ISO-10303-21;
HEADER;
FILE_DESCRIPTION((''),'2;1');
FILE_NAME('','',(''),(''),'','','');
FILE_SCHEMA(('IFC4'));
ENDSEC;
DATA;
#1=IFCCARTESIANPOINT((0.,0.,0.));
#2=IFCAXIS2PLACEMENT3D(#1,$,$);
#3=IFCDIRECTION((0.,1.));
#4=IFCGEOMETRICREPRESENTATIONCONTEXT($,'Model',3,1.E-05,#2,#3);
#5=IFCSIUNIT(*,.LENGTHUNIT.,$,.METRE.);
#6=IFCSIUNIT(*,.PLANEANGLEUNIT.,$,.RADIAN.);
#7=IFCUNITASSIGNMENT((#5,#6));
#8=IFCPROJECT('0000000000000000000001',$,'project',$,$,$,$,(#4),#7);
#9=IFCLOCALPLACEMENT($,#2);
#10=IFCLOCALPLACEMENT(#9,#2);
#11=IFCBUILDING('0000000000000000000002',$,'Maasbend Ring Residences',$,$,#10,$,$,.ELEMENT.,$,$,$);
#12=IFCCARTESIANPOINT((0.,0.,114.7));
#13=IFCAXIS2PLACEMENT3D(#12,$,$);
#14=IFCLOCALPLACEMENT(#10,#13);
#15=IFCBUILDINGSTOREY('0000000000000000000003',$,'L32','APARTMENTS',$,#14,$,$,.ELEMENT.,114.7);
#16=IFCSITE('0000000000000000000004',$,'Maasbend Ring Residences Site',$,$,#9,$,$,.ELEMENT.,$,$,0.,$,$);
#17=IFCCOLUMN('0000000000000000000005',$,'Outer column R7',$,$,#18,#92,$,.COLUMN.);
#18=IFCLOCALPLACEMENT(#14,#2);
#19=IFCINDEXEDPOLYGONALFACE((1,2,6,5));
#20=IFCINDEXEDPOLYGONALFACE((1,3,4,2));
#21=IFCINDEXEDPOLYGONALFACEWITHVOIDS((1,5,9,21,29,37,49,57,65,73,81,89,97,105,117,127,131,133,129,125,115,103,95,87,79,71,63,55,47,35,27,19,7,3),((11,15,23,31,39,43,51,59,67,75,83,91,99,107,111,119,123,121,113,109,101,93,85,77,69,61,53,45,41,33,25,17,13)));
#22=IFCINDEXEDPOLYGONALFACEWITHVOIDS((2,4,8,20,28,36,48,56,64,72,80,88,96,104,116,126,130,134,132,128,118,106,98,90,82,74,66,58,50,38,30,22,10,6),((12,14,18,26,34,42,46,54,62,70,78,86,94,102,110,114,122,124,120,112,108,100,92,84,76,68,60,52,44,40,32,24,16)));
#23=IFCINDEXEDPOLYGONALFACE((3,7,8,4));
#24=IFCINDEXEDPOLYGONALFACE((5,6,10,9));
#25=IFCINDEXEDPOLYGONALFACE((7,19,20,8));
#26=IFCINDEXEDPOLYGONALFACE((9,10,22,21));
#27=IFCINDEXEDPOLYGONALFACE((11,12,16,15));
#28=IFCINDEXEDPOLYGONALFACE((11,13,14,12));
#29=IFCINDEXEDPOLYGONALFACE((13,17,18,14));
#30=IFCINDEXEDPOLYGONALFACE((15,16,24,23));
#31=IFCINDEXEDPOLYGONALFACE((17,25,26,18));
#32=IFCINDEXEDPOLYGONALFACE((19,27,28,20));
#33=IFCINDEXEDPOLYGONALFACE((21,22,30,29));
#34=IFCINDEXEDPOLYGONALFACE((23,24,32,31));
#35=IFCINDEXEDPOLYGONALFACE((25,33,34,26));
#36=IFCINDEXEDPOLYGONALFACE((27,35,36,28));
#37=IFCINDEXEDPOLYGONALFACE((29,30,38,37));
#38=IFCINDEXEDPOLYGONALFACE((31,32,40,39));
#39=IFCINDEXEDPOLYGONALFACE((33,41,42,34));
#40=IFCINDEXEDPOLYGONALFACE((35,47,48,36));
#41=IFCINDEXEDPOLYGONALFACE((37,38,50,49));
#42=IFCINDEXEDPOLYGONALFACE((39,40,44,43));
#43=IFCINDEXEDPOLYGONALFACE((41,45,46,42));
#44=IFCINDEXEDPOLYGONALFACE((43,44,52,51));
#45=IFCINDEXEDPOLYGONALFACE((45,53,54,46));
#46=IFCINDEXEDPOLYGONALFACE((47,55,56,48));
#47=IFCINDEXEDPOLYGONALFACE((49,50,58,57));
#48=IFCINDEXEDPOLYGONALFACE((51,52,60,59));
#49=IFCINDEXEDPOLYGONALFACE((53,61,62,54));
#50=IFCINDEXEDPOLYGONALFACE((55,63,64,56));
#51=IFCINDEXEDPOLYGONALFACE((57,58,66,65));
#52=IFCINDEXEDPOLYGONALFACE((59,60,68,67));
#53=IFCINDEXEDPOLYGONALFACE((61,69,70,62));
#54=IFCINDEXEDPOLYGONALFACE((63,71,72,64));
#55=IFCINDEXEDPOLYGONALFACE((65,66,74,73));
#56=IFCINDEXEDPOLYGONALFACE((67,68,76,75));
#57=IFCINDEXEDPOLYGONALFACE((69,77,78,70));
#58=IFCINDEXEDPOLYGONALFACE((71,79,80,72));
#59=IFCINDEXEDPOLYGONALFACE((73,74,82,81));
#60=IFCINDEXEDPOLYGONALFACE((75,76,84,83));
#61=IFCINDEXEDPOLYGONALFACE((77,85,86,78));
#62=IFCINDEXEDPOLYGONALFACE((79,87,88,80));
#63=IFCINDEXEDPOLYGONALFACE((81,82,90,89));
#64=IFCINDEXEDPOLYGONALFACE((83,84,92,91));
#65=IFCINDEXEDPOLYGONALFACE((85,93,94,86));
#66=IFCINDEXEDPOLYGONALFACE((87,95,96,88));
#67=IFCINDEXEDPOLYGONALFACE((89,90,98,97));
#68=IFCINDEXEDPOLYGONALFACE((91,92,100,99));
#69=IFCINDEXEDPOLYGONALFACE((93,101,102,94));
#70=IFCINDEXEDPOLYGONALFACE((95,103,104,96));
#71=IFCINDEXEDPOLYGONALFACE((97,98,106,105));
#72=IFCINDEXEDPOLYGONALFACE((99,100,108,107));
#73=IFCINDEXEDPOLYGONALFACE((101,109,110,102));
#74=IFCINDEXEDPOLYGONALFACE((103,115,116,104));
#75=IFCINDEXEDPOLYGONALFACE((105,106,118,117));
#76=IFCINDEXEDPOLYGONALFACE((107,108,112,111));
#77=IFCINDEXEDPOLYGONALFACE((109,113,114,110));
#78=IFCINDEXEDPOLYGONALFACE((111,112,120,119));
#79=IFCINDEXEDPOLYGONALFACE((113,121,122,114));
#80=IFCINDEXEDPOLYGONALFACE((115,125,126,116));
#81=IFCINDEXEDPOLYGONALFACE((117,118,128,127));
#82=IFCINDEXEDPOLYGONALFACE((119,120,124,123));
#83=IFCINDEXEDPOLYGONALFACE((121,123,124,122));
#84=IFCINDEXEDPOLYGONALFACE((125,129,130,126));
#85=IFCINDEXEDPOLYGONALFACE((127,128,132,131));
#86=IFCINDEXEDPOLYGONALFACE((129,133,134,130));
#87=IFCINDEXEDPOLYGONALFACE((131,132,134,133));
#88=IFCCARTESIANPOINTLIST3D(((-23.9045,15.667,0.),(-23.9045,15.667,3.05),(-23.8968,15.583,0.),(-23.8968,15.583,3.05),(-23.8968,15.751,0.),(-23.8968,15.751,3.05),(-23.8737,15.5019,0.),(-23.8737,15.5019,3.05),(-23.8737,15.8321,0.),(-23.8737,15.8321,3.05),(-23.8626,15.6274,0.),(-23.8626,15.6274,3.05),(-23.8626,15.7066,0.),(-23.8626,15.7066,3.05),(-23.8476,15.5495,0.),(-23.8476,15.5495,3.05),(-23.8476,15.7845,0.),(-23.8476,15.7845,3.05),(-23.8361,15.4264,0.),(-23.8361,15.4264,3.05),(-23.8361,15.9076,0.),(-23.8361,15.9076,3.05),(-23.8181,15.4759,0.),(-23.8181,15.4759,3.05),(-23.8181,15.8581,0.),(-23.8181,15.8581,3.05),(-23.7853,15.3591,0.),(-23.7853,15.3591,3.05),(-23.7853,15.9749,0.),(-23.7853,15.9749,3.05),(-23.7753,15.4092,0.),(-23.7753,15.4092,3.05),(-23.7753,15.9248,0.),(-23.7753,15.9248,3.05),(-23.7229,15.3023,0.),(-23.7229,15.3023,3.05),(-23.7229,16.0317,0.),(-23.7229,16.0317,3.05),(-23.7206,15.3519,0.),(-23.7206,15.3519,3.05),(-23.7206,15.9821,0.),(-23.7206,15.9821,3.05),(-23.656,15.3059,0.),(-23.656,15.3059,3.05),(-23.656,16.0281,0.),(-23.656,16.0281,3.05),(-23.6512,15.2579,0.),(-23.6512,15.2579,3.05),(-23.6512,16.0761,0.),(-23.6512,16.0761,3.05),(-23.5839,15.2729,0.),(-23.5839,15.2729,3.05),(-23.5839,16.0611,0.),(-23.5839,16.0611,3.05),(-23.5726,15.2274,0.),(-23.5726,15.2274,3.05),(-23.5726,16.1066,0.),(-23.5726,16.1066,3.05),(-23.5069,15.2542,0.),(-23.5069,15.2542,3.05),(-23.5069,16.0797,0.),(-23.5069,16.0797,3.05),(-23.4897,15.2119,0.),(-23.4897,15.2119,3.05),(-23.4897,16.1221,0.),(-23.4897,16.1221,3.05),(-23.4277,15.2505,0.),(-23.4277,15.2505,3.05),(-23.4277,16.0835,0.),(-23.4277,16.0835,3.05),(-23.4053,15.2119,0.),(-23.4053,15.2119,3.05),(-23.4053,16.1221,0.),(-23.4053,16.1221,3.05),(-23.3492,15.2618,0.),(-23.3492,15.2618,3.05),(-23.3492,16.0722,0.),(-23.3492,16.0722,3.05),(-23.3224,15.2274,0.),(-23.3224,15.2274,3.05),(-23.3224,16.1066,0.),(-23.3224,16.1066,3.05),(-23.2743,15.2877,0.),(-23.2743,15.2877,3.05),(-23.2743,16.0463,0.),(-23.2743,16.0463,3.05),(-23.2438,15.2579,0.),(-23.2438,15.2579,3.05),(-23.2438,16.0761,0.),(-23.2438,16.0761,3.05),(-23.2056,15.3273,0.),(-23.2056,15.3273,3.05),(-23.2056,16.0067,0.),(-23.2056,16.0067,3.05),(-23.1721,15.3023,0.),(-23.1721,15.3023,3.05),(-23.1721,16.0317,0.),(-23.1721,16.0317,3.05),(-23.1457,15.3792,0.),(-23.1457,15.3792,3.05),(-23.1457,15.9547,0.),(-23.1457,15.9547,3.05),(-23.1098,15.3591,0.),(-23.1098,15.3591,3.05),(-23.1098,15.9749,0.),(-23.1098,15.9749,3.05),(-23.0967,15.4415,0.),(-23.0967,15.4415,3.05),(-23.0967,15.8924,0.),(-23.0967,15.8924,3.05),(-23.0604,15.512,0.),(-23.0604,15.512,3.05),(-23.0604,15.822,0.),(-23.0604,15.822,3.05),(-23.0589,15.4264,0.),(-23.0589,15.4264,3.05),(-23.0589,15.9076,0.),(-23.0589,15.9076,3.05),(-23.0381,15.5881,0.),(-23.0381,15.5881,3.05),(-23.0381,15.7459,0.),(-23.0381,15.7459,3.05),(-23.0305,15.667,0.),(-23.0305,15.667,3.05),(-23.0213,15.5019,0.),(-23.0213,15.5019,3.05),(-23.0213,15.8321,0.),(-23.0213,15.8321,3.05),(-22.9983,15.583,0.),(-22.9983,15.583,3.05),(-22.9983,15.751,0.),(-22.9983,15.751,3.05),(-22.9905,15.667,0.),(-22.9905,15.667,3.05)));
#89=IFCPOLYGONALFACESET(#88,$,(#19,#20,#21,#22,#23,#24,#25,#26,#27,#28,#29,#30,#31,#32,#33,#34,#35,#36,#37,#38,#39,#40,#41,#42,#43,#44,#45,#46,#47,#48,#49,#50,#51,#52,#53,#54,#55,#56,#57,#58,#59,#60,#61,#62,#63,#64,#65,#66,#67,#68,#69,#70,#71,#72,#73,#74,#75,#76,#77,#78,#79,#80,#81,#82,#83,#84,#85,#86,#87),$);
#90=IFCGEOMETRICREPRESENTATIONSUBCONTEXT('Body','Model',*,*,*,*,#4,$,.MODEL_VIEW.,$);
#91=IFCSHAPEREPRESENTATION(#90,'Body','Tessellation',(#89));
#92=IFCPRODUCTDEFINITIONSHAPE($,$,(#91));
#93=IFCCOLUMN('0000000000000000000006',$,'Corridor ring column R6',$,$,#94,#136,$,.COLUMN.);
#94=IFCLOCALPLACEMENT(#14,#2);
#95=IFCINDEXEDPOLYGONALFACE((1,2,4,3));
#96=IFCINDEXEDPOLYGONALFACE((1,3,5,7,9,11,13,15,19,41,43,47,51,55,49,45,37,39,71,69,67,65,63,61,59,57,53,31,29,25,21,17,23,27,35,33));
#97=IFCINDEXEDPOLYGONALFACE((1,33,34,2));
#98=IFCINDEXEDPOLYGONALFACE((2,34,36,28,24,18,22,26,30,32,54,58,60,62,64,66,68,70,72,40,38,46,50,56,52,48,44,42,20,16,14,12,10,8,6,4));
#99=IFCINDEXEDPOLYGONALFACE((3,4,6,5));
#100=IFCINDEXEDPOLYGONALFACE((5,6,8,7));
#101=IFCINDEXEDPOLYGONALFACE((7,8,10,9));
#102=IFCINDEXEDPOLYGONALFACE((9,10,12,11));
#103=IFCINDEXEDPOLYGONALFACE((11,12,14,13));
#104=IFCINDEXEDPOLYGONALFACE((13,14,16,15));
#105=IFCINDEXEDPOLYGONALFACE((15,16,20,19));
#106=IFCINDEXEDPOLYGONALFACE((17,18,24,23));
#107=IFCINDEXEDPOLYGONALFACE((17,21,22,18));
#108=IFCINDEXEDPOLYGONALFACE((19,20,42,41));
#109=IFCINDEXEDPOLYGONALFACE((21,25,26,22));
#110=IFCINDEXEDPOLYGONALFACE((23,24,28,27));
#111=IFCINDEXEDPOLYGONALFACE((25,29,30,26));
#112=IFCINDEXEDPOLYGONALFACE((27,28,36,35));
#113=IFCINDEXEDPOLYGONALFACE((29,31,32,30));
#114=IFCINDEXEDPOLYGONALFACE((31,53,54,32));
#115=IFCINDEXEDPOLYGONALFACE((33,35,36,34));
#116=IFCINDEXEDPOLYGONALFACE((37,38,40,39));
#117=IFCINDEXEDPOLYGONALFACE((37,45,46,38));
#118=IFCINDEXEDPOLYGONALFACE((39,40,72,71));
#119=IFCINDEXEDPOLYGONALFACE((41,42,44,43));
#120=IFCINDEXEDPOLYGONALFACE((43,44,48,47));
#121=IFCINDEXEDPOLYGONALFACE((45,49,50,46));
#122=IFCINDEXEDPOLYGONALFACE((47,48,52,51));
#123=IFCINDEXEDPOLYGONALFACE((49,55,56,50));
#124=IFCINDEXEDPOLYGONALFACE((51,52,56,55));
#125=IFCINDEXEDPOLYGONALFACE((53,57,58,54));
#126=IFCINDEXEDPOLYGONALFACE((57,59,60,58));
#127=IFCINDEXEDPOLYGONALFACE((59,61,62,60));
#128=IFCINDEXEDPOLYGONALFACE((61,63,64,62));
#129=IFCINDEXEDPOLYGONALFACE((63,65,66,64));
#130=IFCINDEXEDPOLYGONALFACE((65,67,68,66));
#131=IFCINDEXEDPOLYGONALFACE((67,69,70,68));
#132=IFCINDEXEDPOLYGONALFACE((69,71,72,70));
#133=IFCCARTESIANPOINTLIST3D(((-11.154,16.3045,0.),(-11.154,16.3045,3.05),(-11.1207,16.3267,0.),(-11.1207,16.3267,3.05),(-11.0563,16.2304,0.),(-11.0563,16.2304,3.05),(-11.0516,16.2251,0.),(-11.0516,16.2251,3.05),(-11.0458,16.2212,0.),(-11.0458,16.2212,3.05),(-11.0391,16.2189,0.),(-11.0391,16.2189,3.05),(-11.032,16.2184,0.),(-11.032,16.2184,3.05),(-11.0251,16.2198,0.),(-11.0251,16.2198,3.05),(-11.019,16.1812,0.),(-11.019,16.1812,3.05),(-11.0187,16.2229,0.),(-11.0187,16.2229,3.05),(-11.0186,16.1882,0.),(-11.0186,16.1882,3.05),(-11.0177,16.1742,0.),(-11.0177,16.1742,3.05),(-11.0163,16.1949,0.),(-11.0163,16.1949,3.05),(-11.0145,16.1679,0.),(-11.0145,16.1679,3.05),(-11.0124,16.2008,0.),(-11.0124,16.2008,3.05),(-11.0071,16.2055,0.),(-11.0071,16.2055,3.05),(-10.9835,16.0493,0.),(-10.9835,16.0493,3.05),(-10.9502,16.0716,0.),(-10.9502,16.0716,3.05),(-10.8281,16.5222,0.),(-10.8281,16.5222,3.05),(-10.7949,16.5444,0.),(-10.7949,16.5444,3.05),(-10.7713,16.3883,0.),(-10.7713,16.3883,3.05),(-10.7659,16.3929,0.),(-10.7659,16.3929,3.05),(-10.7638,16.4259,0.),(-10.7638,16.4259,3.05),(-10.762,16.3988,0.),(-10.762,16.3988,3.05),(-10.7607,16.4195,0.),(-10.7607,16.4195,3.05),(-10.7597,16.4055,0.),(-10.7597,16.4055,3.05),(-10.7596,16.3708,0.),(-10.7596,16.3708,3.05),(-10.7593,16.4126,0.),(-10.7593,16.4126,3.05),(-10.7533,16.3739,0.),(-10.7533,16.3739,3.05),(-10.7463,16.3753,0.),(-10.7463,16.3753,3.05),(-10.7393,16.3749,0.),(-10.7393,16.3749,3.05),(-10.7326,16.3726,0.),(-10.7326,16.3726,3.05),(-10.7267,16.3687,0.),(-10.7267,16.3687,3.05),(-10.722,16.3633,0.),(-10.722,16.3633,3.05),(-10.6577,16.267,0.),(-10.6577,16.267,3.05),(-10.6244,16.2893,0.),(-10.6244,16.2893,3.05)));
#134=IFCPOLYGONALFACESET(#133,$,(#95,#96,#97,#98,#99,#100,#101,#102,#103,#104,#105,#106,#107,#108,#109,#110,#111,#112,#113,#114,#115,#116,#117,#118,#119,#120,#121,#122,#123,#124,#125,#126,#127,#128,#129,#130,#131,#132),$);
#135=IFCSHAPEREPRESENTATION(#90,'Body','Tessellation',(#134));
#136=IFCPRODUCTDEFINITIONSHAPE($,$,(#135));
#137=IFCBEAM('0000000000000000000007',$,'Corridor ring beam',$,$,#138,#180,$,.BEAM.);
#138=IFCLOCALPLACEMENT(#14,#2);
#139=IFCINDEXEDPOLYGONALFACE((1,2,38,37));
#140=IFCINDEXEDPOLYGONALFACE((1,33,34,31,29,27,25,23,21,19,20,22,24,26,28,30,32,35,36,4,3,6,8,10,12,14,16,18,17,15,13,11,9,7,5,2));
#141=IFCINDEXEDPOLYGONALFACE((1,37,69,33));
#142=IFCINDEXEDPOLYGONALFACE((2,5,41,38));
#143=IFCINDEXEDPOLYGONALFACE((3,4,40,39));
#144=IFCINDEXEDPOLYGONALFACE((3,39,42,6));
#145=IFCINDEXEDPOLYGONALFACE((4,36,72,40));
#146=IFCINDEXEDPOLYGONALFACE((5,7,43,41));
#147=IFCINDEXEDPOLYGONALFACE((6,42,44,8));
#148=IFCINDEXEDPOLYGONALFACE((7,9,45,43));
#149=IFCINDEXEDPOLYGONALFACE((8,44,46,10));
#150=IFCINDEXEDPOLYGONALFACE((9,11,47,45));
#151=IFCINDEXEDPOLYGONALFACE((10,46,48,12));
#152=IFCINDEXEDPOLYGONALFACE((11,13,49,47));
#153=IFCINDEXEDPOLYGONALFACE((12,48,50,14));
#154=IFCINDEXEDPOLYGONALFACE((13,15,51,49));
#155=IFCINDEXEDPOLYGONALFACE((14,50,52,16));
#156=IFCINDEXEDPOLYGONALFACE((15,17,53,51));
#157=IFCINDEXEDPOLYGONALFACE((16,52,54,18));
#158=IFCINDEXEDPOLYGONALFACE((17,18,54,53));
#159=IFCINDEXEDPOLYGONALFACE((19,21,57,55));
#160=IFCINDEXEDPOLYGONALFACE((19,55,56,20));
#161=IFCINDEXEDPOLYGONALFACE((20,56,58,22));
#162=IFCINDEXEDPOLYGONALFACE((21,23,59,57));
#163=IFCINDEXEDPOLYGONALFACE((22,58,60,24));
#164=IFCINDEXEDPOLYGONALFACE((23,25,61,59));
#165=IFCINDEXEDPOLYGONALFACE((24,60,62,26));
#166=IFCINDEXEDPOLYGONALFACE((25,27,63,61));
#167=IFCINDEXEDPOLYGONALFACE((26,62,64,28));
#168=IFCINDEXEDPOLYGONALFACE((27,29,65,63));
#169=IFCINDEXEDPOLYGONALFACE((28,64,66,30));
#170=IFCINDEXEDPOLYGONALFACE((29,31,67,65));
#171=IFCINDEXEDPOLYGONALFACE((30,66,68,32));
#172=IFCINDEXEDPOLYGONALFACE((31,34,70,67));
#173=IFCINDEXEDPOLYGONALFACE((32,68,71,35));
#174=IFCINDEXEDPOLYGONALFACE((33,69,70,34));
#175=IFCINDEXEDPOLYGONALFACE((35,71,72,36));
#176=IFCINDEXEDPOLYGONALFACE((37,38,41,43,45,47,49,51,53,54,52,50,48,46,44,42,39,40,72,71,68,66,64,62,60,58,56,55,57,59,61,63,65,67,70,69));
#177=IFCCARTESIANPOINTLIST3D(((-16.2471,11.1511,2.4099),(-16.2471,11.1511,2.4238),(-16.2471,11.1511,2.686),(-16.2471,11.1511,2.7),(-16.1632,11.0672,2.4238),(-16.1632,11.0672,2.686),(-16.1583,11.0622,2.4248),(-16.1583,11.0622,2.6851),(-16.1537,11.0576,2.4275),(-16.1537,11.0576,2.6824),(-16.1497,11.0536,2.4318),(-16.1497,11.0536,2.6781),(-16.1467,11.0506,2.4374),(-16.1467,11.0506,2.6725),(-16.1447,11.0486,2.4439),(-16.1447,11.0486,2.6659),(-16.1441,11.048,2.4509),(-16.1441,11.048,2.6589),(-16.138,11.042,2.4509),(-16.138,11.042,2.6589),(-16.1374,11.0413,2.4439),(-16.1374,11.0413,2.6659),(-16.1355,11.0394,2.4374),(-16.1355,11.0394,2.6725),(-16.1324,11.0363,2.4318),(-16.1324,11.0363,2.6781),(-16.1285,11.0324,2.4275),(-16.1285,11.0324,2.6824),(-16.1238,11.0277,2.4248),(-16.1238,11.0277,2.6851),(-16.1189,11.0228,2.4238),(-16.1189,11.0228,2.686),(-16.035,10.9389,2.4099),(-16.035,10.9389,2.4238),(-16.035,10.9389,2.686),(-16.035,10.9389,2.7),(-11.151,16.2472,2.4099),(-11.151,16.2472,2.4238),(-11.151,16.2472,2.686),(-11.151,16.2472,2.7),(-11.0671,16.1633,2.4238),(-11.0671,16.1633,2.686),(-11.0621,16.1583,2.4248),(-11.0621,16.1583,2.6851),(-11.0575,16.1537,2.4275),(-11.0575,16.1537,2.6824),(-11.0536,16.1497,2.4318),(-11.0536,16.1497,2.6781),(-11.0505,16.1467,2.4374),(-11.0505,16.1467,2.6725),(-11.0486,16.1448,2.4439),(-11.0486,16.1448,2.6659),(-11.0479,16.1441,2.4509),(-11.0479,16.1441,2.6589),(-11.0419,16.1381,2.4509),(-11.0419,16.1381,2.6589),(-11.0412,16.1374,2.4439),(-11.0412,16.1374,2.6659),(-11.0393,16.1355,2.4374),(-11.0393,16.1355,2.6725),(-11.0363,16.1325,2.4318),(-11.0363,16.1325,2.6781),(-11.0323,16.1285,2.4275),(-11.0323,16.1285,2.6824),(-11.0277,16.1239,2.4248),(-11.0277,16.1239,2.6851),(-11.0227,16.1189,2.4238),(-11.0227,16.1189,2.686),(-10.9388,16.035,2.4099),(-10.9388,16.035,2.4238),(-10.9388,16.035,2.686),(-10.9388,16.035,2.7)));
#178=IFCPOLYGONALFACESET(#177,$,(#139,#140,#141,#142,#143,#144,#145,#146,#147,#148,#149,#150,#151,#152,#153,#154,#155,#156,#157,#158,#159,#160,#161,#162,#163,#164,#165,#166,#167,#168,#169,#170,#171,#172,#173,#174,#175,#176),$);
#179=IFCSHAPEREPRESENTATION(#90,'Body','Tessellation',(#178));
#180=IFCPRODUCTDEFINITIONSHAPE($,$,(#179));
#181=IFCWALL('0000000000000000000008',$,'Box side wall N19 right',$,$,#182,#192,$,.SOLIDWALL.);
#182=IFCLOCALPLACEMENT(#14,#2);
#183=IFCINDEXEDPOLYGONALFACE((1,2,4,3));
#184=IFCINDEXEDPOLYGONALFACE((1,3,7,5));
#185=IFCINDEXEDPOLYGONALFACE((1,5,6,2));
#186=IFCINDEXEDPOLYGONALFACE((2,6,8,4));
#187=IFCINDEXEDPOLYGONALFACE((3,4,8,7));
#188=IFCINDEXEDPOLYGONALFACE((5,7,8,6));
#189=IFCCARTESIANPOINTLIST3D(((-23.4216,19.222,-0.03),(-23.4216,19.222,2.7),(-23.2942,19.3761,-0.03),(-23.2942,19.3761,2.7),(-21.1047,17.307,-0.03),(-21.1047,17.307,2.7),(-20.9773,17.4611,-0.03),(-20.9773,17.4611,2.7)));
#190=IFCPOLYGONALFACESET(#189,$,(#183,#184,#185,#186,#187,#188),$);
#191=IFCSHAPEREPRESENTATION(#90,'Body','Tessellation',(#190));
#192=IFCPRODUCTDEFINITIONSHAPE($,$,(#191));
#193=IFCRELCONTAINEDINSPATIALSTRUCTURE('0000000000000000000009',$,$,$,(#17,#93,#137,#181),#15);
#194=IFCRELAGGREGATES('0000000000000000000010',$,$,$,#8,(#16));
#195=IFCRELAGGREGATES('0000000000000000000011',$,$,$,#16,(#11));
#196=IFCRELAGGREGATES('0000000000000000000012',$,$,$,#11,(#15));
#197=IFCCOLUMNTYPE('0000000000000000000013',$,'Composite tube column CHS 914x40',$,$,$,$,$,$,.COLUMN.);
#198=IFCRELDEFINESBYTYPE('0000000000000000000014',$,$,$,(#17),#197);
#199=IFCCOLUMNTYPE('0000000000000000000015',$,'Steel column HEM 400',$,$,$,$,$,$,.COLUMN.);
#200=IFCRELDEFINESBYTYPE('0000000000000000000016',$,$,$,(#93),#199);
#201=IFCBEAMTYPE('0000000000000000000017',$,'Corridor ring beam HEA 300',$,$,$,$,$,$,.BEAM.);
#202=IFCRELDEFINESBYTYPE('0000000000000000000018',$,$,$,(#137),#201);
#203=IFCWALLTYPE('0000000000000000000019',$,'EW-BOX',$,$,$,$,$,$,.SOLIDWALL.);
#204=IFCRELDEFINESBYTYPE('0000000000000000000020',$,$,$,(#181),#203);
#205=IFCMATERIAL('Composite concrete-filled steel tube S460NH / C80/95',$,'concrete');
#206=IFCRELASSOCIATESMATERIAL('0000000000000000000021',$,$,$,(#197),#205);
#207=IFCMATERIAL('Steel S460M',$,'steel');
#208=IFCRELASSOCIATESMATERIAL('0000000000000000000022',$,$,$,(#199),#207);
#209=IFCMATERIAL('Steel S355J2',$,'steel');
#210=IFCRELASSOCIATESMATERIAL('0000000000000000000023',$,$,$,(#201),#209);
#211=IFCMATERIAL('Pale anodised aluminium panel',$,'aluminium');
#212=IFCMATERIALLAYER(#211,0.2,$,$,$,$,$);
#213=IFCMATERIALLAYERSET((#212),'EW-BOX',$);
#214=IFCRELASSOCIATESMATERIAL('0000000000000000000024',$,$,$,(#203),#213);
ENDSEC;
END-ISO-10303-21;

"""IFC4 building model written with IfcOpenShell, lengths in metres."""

from ifc_helpers import new_model, si_unit, direction, frame, frame_2d, origin, origin_2d, place, context, subcontext, project, spatial, rectangle, hollow_circle, i_section, extrude, material, layer, layer_set, material_profile, profile_set, type_object, element, save


model = new_model("IFC4")

# Units and contexts
model_context = context("Model", 3, precision=1e-05, world=origin(), true_north=direction((0.0, 1.0)))
body_context = subcontext(model_context, "Body", "Model", "MODEL_VIEW")
ifc_project = project(units=[si_unit("LENGTHUNIT", "METRE"), si_unit("PLANEANGLEUNIT", "RADIAN")], contexts=[model_context])

# Site, building, storey
site_placement = place(None, origin())
site = spatial("IfcSite", under=ifc_project, at=site_placement, Name="Maasbend Ring Residences Site", CompositionType="ELEMENT", RefElevation=0.0)
building_placement = place(site_placement, origin())
building = spatial("IfcBuilding", under=site, at=building_placement, Name="Maasbend Ring Residences", CompositionType="ELEMENT")
storey_placement = place(building_placement, frame((0.0, 0.0, 114.7)))
storey = spatial("IfcBuildingStorey", under=building, at=storey_placement, Name="L32", Description="APARTMENTS", CompositionType="ELEMENT", Elevation=114.7)

# Columns
ifc_material_1 = material(Name="Composite concrete-filled steel tube S460NH / C80/95", Category="concrete")
ifc_material_profile_1 = material_profile(ifc_material_1, hollow_circle(Radius=0.457, WallThickness=0.04, at=origin_2d()), Name="Composite tube column CHS 914x40")
ifc_profile_set_1 = profile_set([ifc_material_profile_1], Name="Composite concrete-filled steel tube S460NH / C80/95")
column_type_1 = type_object("IfcColumnType", Name="Composite tube column CHS 914x40", PredefinedType="COLUMN", material=ifc_profile_set_1)
column_1_placement = place(storey_placement, frame((-23.4475, 15.667, 0.0), z_axis=(0.0, 0.0, 1.0), x_axis=(1.0, 0.0, 0.0)))
element("IfcColumn", 1, at=column_1_placement, inside=storey, type_object=column_type_1, Name="Outer column R7", PredefinedType="COLUMN", context=body_context, shape_type="SweptSolid", body=[
    extrude(hollow_circle(Radius=0.457, WallThickness=0.04, at=origin_2d()), origin(), (0.0, 0.0, 1.0), 3.05),
])
ifc_material_2 = material(Name="Steel S460M", Category="steel")
ifc_material_profile_2 = material_profile(ifc_material_2, i_section(OverallWidth=0.3069, OverallDepth=0.4319, WebThickness=0.021, FlangeThickness=0.04, FilletRadius=0.0271, at=origin_2d()), Name="HEM 400")
ifc_profile_set_2 = profile_set([ifc_material_profile_2], Name="Steel S460M")
column_type_2 = type_object("IfcColumnType", Name="Steel column HEM 400", PredefinedType="COLUMN", material=ifc_profile_set_2)
column_2_placement = place(storey_placement, frame((-10.8892, 16.2969, 0.0), z_axis=(0.0, 0.0, 1.0), x_axis=(-0.55557, 0.83147, 0.0)))
element("IfcColumn", 2, at=column_2_placement, inside=storey, type_object=column_type_2, Name="Corridor ring column R6", PredefinedType="COLUMN", context=body_context, shape_type="SweptSolid", body=[
    extrude(i_section(OverallWidth=0.3069, OverallDepth=0.4319, WebThickness=0.021, FlangeThickness=0.04, FilletRadius=0.0271, at=origin_2d()), origin(), (0.0, 0.0, 1.0), 3.05),
])

# Beam
ifc_material_3 = material(Name="Steel S355J2", Category="steel")
ifc_material_profile_3 = material_profile(ifc_material_3, i_section(OverallWidth=0.3, OverallDepth=0.29, WebThickness=0.0085, FlangeThickness=0.0139, FilletRadius=0.0271, at=origin_2d()), Name="HEA 300")
ifc_profile_set_3 = profile_set([ifc_material_profile_3], Name="Steel S355J2")
beam_type = type_object("IfcBeamType", Name="Corridor ring beam HEA 300", PredefinedType="BEAM", material=ifc_profile_set_3)
beam_placement = place(storey_placement, frame((-11.0449, 16.1411, 2.5549), z_axis=(-0.707107, -0.707107, 0.0), x_axis=(0.707107, -0.707107, 0.0)))
element("IfcBeam", 3, at=beam_placement, inside=storey, type_object=beam_type, Name="Corridor ring beam", PredefinedType="BEAM", context=body_context, shape_type="SweptSolid", body=[
    extrude(i_section(OverallWidth=0.3, OverallDepth=0.29, WebThickness=0.0085, FlangeThickness=0.0139, FilletRadius=0.0271, at=origin_2d()), origin(), (0.0, 0.0, 1.0), 7.207),
])

# Wall
ifc_material_4 = material(Name="Pale anodised aluminium panel", Category="aluminium")
ifc_layer_1 = layer(ifc_material_4, 0.2)
ifc_layer_set_1 = layer_set([ifc_layer_1], Name="EW-BOX")
wall_type_1 = type_object("IfcWallType", Name="EW-BOX", PredefinedType="SOLIDWALL", material=ifc_layer_set_1)
wall_1_placement = place(storey_placement, frame((-21.041, 17.384, -0.03), z_axis=(0.0, 0.0, 1.0), x_axis=(-0.770785, 0.637096, 0.0)))
element("IfcWall", 4, at=wall_1_placement, inside=storey, type_object=wall_type_1, Name="Box side wall N19 right", PredefinedType="SOLIDWALL", context=body_context, shape_type="SweptSolid", body=[
    extrude(rectangle(XDim=3.0059, YDim=0.2, at=frame_2d((1.5029, 0.0))), origin(), (0.0, 0.0, 1.0), 2.73),
])

save(model, "model.ifc")
